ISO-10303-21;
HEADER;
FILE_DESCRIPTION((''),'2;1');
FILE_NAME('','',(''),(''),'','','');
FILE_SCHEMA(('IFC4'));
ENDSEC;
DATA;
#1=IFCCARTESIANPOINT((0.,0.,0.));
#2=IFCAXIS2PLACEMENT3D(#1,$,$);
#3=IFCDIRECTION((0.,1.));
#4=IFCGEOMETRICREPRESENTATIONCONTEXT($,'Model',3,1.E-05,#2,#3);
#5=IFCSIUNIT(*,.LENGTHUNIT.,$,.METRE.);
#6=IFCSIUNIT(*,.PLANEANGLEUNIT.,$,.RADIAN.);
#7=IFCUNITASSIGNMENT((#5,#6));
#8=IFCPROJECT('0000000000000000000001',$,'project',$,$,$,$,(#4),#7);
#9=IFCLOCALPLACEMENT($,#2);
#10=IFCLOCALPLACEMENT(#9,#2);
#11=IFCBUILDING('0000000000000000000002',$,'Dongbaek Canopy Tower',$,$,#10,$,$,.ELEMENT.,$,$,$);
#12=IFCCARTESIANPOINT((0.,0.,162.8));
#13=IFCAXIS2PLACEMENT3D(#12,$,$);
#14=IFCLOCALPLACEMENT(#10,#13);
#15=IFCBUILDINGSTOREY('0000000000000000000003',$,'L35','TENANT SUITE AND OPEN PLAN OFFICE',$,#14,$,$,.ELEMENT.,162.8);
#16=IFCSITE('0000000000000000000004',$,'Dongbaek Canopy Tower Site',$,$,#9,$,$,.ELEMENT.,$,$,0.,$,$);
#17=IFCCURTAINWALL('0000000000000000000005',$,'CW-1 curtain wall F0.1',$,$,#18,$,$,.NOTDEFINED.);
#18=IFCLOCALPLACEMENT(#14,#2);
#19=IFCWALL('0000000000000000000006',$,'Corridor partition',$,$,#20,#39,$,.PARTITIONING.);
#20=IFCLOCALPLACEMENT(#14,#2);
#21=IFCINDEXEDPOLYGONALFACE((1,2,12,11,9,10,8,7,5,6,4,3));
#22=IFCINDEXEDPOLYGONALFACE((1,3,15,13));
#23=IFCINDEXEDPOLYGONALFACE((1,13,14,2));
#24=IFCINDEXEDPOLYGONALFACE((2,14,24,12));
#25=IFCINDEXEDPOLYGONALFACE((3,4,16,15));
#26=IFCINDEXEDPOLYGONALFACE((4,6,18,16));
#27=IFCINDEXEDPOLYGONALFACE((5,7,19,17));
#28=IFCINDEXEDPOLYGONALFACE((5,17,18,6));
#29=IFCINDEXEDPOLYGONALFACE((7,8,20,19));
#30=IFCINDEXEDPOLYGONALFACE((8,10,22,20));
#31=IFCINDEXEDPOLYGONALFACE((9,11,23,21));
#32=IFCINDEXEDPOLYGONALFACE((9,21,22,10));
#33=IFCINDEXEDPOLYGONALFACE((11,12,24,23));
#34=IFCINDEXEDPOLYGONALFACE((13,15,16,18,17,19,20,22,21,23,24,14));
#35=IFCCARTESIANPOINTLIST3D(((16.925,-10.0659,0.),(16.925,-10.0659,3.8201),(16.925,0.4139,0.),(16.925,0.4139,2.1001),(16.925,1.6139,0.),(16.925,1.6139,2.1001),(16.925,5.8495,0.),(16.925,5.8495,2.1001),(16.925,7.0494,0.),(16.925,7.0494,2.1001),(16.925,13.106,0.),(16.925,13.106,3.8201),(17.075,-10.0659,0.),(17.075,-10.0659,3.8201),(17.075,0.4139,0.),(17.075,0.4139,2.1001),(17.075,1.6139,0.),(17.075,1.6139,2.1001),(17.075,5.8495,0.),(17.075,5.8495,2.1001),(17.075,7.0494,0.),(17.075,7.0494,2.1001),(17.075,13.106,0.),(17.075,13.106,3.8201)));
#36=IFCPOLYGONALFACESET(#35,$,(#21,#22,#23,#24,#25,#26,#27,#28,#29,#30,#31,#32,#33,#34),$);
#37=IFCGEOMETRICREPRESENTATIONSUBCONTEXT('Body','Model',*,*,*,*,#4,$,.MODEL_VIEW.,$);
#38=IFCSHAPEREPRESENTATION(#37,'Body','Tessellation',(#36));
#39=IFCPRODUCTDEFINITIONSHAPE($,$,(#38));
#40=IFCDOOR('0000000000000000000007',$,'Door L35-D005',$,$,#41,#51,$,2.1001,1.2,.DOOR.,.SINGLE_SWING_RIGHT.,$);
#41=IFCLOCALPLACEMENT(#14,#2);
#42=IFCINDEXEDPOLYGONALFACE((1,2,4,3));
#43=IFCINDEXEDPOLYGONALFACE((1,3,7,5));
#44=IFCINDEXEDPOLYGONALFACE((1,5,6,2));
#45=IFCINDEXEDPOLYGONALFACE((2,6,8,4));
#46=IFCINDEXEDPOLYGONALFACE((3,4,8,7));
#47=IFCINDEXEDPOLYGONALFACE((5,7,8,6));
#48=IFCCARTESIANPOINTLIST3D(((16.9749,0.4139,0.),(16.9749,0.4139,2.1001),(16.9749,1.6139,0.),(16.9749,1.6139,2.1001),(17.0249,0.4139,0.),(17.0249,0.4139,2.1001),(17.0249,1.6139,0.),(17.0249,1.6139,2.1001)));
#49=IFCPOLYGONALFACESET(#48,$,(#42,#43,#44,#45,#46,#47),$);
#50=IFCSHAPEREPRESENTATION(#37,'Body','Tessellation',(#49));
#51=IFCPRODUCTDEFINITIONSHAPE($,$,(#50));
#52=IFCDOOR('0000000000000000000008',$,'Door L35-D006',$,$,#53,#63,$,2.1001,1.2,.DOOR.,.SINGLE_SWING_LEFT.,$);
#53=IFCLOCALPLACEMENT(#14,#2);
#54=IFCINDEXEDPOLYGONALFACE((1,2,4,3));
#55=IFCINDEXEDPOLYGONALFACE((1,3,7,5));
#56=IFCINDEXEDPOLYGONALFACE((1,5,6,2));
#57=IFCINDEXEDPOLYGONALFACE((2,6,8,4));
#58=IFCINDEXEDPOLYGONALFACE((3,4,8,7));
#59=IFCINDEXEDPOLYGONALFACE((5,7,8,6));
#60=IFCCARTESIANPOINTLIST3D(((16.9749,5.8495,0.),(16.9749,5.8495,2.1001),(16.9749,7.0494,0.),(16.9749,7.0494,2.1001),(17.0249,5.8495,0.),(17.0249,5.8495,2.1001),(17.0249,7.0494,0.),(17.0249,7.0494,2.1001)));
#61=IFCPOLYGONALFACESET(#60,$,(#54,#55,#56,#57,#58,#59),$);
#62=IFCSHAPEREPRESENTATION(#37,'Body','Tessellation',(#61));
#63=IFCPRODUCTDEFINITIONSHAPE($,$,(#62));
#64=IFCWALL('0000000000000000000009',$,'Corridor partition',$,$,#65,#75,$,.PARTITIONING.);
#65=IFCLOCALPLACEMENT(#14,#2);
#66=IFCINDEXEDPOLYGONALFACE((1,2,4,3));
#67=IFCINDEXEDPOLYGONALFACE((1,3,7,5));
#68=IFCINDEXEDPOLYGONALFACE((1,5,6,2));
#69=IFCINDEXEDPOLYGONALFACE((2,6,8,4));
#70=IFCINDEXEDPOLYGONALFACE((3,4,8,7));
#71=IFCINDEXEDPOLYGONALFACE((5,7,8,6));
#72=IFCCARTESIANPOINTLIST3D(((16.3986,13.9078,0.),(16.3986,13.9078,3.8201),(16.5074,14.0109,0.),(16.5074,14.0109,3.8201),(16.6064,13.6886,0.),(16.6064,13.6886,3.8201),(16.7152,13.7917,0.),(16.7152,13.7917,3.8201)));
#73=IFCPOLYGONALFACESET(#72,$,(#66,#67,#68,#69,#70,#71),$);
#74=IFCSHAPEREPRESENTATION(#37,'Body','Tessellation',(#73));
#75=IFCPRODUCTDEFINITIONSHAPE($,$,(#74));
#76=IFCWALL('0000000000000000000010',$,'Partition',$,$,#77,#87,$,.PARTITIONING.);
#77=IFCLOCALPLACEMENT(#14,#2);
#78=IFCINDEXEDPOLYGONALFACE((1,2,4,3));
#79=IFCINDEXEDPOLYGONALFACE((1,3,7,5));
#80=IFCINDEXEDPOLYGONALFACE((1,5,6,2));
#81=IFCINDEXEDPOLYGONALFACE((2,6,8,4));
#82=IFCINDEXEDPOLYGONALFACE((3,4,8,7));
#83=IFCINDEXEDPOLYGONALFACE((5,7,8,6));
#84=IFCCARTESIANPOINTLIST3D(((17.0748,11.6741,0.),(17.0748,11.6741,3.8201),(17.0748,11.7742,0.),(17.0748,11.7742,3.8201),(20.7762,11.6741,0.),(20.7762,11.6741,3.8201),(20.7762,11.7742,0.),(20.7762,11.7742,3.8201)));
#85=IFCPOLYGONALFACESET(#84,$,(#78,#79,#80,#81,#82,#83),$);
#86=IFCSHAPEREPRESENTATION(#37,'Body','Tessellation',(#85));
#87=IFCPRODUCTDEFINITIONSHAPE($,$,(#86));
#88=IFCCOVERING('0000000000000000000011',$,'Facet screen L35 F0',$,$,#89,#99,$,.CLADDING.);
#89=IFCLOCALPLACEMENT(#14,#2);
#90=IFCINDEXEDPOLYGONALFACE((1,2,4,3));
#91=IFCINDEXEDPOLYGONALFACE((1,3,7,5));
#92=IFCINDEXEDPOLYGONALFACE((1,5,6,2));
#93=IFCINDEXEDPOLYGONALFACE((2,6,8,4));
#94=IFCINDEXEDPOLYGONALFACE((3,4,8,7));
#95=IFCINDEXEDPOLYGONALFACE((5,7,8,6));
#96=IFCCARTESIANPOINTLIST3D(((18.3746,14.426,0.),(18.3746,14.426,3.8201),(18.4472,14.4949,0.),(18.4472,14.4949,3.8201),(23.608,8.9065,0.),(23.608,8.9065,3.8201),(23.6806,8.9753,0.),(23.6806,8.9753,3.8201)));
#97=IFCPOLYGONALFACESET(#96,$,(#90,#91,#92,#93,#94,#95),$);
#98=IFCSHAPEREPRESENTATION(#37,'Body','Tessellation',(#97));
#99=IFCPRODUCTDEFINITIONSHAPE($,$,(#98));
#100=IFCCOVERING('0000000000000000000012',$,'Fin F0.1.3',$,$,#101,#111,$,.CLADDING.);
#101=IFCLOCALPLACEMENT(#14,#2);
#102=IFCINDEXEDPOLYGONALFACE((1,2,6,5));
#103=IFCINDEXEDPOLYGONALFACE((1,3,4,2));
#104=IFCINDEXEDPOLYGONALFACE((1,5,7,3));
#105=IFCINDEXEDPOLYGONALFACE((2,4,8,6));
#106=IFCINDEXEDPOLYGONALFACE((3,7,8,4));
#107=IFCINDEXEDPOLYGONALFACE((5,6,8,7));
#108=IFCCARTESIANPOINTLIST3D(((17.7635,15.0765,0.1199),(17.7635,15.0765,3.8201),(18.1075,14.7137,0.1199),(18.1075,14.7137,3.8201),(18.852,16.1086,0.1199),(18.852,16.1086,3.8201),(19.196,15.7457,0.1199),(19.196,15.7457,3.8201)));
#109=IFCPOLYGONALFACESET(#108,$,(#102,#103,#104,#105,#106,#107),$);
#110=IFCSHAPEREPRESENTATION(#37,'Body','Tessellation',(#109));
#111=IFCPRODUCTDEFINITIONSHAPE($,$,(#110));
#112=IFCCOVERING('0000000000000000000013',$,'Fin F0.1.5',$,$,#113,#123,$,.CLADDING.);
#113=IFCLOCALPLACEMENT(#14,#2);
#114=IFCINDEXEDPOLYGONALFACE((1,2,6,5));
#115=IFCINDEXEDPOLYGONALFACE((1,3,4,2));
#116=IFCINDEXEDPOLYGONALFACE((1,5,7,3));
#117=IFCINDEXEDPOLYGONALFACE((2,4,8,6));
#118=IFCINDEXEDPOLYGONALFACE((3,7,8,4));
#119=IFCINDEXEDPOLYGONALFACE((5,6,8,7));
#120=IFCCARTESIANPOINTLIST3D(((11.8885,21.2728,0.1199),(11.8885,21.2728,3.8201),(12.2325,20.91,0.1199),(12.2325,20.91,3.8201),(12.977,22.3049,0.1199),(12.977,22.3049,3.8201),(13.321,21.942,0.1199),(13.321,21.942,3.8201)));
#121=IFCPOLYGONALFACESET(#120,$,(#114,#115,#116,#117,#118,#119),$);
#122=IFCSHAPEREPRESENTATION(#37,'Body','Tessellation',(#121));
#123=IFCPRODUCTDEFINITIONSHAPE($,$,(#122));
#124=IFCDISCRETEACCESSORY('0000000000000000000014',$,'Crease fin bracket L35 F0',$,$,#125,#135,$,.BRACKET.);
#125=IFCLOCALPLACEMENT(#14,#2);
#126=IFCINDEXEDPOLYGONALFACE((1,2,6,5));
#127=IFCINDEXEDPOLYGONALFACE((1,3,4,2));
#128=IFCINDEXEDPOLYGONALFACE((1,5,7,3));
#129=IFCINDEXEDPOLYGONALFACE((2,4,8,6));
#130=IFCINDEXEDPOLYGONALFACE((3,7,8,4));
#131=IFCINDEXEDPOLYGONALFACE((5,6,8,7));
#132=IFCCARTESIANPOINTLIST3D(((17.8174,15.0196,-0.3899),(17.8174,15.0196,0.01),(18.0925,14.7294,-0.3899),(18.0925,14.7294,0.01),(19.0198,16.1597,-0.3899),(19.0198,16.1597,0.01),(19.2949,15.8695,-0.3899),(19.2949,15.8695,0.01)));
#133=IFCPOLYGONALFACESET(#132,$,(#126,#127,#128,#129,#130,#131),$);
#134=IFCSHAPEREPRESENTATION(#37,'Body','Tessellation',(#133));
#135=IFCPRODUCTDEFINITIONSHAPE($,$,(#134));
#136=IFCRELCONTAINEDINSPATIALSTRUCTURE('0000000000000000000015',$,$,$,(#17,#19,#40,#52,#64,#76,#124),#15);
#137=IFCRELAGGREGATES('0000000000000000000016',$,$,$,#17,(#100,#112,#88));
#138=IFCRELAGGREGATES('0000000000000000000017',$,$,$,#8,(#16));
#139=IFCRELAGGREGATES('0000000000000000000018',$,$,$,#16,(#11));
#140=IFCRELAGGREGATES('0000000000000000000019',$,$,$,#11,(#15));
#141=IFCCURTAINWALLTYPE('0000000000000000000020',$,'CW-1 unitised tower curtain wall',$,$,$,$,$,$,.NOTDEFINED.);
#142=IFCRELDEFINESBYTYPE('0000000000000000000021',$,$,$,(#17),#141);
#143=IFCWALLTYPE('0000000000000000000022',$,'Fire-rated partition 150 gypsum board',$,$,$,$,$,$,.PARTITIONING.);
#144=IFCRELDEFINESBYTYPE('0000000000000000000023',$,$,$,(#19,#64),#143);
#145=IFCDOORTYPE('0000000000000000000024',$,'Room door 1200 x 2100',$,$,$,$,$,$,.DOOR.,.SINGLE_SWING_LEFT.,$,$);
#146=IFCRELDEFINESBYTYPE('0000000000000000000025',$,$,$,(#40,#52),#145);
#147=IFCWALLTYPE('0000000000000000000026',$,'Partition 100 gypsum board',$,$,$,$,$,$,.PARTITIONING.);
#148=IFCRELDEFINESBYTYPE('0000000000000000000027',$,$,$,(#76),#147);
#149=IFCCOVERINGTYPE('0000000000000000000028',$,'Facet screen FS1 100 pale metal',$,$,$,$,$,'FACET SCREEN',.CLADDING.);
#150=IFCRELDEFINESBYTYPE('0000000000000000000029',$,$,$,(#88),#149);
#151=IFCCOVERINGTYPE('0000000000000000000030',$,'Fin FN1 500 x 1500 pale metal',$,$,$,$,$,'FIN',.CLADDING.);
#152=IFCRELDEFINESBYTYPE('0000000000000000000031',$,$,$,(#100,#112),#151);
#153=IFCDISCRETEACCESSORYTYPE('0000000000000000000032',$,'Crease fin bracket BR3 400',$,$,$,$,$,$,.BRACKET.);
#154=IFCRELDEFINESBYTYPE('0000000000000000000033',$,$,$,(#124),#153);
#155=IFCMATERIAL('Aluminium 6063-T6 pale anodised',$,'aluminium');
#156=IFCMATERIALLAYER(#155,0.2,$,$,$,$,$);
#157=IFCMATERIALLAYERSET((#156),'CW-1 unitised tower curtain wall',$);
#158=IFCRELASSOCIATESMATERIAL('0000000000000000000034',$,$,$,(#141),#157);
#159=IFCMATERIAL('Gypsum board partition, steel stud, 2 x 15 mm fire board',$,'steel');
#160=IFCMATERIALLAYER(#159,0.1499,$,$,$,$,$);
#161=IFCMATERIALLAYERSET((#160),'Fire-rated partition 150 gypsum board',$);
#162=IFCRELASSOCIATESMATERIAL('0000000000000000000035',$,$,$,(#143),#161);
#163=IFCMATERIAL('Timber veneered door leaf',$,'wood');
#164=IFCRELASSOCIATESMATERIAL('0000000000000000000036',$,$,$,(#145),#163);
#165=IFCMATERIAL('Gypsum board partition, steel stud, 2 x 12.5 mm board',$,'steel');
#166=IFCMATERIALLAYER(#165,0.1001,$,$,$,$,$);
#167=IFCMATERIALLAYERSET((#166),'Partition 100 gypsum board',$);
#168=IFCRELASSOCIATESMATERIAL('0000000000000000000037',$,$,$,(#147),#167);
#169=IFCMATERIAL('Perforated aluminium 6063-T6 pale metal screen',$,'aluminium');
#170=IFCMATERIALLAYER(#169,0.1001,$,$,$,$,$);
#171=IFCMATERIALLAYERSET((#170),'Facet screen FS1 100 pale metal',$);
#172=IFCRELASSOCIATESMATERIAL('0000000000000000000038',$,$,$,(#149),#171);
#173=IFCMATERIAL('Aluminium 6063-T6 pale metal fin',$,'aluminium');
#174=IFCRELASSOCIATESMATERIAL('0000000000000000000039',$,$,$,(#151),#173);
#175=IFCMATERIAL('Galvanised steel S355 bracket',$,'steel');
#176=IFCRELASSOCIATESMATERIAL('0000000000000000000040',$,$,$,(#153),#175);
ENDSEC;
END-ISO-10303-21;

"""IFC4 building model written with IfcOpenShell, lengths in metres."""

from ifc_helpers import new_model, si_unit, direction, frame, frame_2d, origin, origin_2d, place, context, subcontext, project, spatial, rectangle, extrude, material, layer, layer_set, material_profile, profile_set, type_object, element, fill, aggregate, save


model = new_model("IFC4")

# Units and contexts
model_context = context("Model", 3, precision=1e-05, world=origin(), true_north=direction((0.0, 1.0)))
body_context = subcontext(model_context, "Body", "Model", "MODEL_VIEW")
ifc_project = project(units=[si_unit("LENGTHUNIT", "METRE"), si_unit("PLANEANGLEUNIT", "RADIAN")], contexts=[model_context])

# Site, building, storey
site_placement = place(None, origin())
site = spatial("IfcSite", under=ifc_project, at=site_placement, Name="Dongbaek Canopy Tower Site", CompositionType="ELEMENT", RefElevation=0.0)
building_placement = place(site_placement, origin())
building = spatial("IfcBuilding", under=site, at=building_placement, Name="Dongbaek Canopy Tower", CompositionType="ELEMENT")
storey_placement = place(building_placement, frame((0.0, 0.0, 162.8)))
storey = spatial("IfcBuildingStorey", under=building, at=storey_placement, Name="L35", Description="TENANT SUITE AND OPEN PLAN OFFICE", CompositionType="ELEMENT", Elevation=162.8)

# Curtain wall
ifc_material_1 = material(Name="Aluminium 6063-T6 pale anodised", Category="aluminium")
ifc_layer_1 = layer(ifc_material_1, 0.2)
ifc_layer_set_1 = layer_set([ifc_layer_1], Name="CW-1 unitised tower curtain wall")
curtain_wall_type = type_object("IfcCurtainWallType", Name="CW-1 unitised tower curtain wall", PredefinedType="NOTDEFINED", material=ifc_layer_set_1)
curtain_wall_placement = place(storey_placement, origin())
curtain_wall = element("IfcCurtainWall", 1, at=curtain_wall_placement, inside=storey, type_object=curtain_wall_type, Name="CW-1 curtain wall F0.1", PredefinedType="NOTDEFINED")

# Wall, openings, doors
ifc_material_2 = material(Name="Gypsum board partition, steel stud, 2 x 15 mm fire board", Category="steel")
ifc_layer_2 = layer(ifc_material_2, 0.1499)
ifc_layer_set_2 = layer_set([ifc_layer_2], Name="Fire-rated partition 150 gypsum board")
wall_type_1 = type_object("IfcWallType", Name="Fire-rated partition 150 gypsum board", PredefinedType="PARTITIONING", material=ifc_layer_set_2)
wall_1_placement = place(storey_placement, frame((17.0, 13.106, 0.0), z_axis=(0.0, 0.0, 1.0), x_axis=(0.0, -1.0, 0.0)))
wall_1 = element("IfcWall", 2, at=wall_1_placement, inside=storey, type_object=wall_type_1, Name="Corridor partition", PredefinedType="PARTITIONING", context=body_context, shape_type="SweptSolid", body=[
    extrude(rectangle(XDim=23.1719, YDim=0.1499, at=frame_2d((11.5859, 0.0))), origin(), (0.0, 0.0, 1.0), 3.8201),
])
opening_1_placement = place(wall_1_placement, frame((11.4919, 0.0, 0.0)))
opening_1 = element("IfcOpeningElement", 3, at=opening_1_placement, cuts=wall_1, PredefinedType="OPENING", context=body_context, shape_type="SweptSolid", body=[
    extrude(rectangle(XDim=1.2, YDim=2.1001, at=frame_2d((0.6001, 1.05))), frame((0.0, 0.085, 0.0), z_axis=(0.0, -1.0, 0.0), x_axis=(1.0, 0.0, 0.0)), (0.0, 0.0, 1.0), 0.1699),
])
opening_2_placement = place(wall_1_placement, frame((6.0564, 0.0, 0.0)))
opening_2 = element("IfcOpeningElement", 4, at=opening_2_placement, cuts=wall_1, PredefinedType="OPENING", context=body_context, shape_type="SweptSolid", body=[
    extrude(rectangle(XDim=1.2, YDim=2.1001, at=frame_2d((0.6001, 1.05))), frame((0.0, 0.085, 0.0), z_axis=(0.0, -1.0, 0.0), x_axis=(1.0, 0.0, 0.0)), (0.0, 0.0, 1.0), 0.1699),
])
ifc_material_3 = material(Name="Timber veneered door leaf", Category="wood")
door_type = type_object("IfcDoorType", Name="Room door 1200 x 2100", OperationType="SINGLE_SWING_LEFT", PredefinedType="DOOR", material=ifc_material_3)
door_1_placement = place(opening_1_placement, origin())
door_1 = element("IfcDoor", 5, at=door_1_placement, inside=storey, type_object=door_type, Name="Door L35-D005", OperationType="SINGLE_SWING_RIGHT", OverallHeight=2.1001, OverallWidth=1.2, PredefinedType="DOOR", context=body_context, shape_type="SweptSolid", body=[
    extrude(rectangle(XDim=1.2, YDim=2.1001, at=frame_2d((0.6001, 1.05))), frame((0.0, 0.0249, 0.0), z_axis=(0.0, -1.0, 0.0), x_axis=(1.0, 0.0, 0.0)), (0.0, 0.0, 1.0), 0.05),
])
fill(opening_1, door_1)
door_2_placement = place(opening_2_placement, origin())
door_2 = element("IfcDoor", 6, at=door_2_placement, inside=storey, type_object=door_type, Name="Door L35-D006", OperationType="SINGLE_SWING_LEFT", OverallHeight=2.1001, OverallWidth=1.2, PredefinedType="DOOR", context=body_context, shape_type="SweptSolid", body=[
    extrude(rectangle(XDim=1.2, YDim=2.1001, at=frame_2d((0.6001, 1.05))), frame((0.0, 0.0249, 0.0), z_axis=(0.0, -1.0, 0.0), x_axis=(1.0, 0.0, 0.0)), (0.0, 0.0, 1.0), 0.05),
])
fill(opening_2, door_2)

# Walls
wall_2_placement = place(storey_placement, frame((16.4531, 13.9592, 0.0), z_axis=(0.0, 0.0, 1.0), x_axis=(0.687857, -0.725846, 0.0)))
element("IfcWall", 7, at=wall_2_placement, inside=storey, type_object=wall_type_1, Name="Corridor partition", PredefinedType="PARTITIONING", context=body_context, shape_type="SweptSolid", body=[
    extrude(rectangle(XDim=0.302, YDim=0.1499, at=frame_2d((0.1509, 0.0))), origin(), (0.0, 0.0, 1.0), 3.8201),
])
ifc_material_4 = material(Name="Gypsum board partition, steel stud, 2 x 12.5 mm board", Category="steel")
ifc_layer_3 = layer(ifc_material_4, 0.1001)
ifc_layer_set_3 = layer_set([ifc_layer_3], Name="Partition 100 gypsum board")
wall_type_2 = type_object("IfcWallType", Name="Partition 100 gypsum board", PredefinedType="PARTITIONING", material=ifc_layer_set_3)
wall_3_placement = place(storey_placement, frame((17.075, 11.7241, 0.0), z_axis=(0.0, 0.0, 1.0), x_axis=(1.0, 0.0, 0.0)))
element("IfcWall", 8, at=wall_3_placement, inside=storey, type_object=wall_type_2, Name="Partition", PredefinedType="PARTITIONING", context=body_context, shape_type="SweptSolid", body=[
    extrude(rectangle(XDim=3.7014, YDim=0.1001, at=frame_2d((1.8506, 0.0))), origin(), (0.0, 0.0, 1.0), 3.8201),
])

# Coverings
ifc_material_5 = material(Name="Perforated aluminium 6063-T6 pale metal screen", Category="aluminium")
ifc_layer_4 = layer(ifc_material_5, 0.1001)
ifc_layer_set_4 = layer_set([ifc_layer_4], Name="Facet screen FS1 100 pale metal")
covering_type_1 = type_object("IfcCoveringType", Name="Facet screen FS1 100 pale metal", ElementType="FACET SCREEN", PredefinedType="CLADDING", material=ifc_layer_set_4)
covering_1_placement = place(storey_placement, frame((21.0276, 11.7007, 0.0), z_axis=(0.0, 0.0, 1.0), x_axis=(-0.688043, 0.72567, 0.0)))
covering_1 = element("IfcCovering", 9, at=covering_1_placement, type_object=covering_type_1, Name="Facet screen L35 F0", PredefinedType="CLADDING", context=body_context, shape_type="SweptSolid", body=[
    extrude(rectangle(XDim=7.6062, YDim=0.1001, at=origin_2d()), origin(), (0.0, 0.0, 1.0), 3.8201),
])
ifc_material_6 = material(Name="Aluminium 6063-T6 pale metal fin", Category="aluminium")
ifc_material_profile_1 = material_profile(ifc_material_6, rectangle(XDim=1.5, YDim=0.5, at=origin_2d()), Name="Fin FN1 500 x 1500 pale metal")
ifc_profile_set_1 = profile_set([ifc_material_profile_1], Name="Aluminium 6063-T6 pale metal fin")
covering_type_2 = type_object("IfcCoveringType", Name="Fin FN1 500 x 1500 pale metal", ElementType="FIN", PredefinedType="CLADDING", material=ifc_profile_set_1)
covering_2_placement = place(storey_placement, frame((18.4797, 15.4111, 0.1199), z_axis=(0.0, 0.0, 1.0), x_axis=(0.72567, 0.688043, 0.0)))
covering_2 = element("IfcCovering", 10, at=covering_2_placement, type_object=covering_type_2, Name="Fin F0.1.3", PredefinedType="CLADDING", context=body_context, shape_type="SweptSolid", body=[
    extrude(rectangle(XDim=1.5, YDim=0.5, at=origin_2d()), origin(), (0.0, 0.0, 1.0), 3.7002),
])
covering_3_placement = place(storey_placement, frame((12.6047, 21.6074, 0.1199), z_axis=(0.0, 0.0, 1.0), x_axis=(0.72567, 0.688043, 0.0)))
covering_3 = element("IfcCovering", 11, at=covering_3_placement, type_object=covering_type_2, Name="Fin F0.1.5", PredefinedType="CLADDING", context=body_context, shape_type="SweptSolid", body=[
    extrude(rectangle(XDim=1.5, YDim=0.5, at=origin_2d()), origin(), (0.0, 0.0, 1.0), 3.7002),
])
aggregate(curtain_wall, [covering_2, covering_3, covering_1])

# Discrete accessory
ifc_material_7 = material(Name="Galvanised steel S355 bracket", Category="steel")
discrete_accessory_type = type_object("IfcDiscreteAccessoryType", Name="Crease fin bracket BR3 400", PredefinedType="BRACKET", material=ifc_material_7)
discrete_accessory_placement = place(storey_placement, frame((18.5562, 15.4446, -0.3899), z_axis=(0.0, 0.0, 1.0), x_axis=(0.72567, 0.688043, 0.0)))
element("IfcDiscreteAccessory", 12, at=discrete_accessory_placement, inside=storey, type_object=discrete_accessory_type, Name="Crease fin bracket L35 F0", PredefinedType="BRACKET", context=body_context, shape_type="SweptSolid", body=[
    extrude(rectangle(XDim=1.657, YDim=0.3999, at=origin_2d()), origin(), (0.0, 0.0, 1.0), 0.3999),
])

save(model, "model.ifc")
